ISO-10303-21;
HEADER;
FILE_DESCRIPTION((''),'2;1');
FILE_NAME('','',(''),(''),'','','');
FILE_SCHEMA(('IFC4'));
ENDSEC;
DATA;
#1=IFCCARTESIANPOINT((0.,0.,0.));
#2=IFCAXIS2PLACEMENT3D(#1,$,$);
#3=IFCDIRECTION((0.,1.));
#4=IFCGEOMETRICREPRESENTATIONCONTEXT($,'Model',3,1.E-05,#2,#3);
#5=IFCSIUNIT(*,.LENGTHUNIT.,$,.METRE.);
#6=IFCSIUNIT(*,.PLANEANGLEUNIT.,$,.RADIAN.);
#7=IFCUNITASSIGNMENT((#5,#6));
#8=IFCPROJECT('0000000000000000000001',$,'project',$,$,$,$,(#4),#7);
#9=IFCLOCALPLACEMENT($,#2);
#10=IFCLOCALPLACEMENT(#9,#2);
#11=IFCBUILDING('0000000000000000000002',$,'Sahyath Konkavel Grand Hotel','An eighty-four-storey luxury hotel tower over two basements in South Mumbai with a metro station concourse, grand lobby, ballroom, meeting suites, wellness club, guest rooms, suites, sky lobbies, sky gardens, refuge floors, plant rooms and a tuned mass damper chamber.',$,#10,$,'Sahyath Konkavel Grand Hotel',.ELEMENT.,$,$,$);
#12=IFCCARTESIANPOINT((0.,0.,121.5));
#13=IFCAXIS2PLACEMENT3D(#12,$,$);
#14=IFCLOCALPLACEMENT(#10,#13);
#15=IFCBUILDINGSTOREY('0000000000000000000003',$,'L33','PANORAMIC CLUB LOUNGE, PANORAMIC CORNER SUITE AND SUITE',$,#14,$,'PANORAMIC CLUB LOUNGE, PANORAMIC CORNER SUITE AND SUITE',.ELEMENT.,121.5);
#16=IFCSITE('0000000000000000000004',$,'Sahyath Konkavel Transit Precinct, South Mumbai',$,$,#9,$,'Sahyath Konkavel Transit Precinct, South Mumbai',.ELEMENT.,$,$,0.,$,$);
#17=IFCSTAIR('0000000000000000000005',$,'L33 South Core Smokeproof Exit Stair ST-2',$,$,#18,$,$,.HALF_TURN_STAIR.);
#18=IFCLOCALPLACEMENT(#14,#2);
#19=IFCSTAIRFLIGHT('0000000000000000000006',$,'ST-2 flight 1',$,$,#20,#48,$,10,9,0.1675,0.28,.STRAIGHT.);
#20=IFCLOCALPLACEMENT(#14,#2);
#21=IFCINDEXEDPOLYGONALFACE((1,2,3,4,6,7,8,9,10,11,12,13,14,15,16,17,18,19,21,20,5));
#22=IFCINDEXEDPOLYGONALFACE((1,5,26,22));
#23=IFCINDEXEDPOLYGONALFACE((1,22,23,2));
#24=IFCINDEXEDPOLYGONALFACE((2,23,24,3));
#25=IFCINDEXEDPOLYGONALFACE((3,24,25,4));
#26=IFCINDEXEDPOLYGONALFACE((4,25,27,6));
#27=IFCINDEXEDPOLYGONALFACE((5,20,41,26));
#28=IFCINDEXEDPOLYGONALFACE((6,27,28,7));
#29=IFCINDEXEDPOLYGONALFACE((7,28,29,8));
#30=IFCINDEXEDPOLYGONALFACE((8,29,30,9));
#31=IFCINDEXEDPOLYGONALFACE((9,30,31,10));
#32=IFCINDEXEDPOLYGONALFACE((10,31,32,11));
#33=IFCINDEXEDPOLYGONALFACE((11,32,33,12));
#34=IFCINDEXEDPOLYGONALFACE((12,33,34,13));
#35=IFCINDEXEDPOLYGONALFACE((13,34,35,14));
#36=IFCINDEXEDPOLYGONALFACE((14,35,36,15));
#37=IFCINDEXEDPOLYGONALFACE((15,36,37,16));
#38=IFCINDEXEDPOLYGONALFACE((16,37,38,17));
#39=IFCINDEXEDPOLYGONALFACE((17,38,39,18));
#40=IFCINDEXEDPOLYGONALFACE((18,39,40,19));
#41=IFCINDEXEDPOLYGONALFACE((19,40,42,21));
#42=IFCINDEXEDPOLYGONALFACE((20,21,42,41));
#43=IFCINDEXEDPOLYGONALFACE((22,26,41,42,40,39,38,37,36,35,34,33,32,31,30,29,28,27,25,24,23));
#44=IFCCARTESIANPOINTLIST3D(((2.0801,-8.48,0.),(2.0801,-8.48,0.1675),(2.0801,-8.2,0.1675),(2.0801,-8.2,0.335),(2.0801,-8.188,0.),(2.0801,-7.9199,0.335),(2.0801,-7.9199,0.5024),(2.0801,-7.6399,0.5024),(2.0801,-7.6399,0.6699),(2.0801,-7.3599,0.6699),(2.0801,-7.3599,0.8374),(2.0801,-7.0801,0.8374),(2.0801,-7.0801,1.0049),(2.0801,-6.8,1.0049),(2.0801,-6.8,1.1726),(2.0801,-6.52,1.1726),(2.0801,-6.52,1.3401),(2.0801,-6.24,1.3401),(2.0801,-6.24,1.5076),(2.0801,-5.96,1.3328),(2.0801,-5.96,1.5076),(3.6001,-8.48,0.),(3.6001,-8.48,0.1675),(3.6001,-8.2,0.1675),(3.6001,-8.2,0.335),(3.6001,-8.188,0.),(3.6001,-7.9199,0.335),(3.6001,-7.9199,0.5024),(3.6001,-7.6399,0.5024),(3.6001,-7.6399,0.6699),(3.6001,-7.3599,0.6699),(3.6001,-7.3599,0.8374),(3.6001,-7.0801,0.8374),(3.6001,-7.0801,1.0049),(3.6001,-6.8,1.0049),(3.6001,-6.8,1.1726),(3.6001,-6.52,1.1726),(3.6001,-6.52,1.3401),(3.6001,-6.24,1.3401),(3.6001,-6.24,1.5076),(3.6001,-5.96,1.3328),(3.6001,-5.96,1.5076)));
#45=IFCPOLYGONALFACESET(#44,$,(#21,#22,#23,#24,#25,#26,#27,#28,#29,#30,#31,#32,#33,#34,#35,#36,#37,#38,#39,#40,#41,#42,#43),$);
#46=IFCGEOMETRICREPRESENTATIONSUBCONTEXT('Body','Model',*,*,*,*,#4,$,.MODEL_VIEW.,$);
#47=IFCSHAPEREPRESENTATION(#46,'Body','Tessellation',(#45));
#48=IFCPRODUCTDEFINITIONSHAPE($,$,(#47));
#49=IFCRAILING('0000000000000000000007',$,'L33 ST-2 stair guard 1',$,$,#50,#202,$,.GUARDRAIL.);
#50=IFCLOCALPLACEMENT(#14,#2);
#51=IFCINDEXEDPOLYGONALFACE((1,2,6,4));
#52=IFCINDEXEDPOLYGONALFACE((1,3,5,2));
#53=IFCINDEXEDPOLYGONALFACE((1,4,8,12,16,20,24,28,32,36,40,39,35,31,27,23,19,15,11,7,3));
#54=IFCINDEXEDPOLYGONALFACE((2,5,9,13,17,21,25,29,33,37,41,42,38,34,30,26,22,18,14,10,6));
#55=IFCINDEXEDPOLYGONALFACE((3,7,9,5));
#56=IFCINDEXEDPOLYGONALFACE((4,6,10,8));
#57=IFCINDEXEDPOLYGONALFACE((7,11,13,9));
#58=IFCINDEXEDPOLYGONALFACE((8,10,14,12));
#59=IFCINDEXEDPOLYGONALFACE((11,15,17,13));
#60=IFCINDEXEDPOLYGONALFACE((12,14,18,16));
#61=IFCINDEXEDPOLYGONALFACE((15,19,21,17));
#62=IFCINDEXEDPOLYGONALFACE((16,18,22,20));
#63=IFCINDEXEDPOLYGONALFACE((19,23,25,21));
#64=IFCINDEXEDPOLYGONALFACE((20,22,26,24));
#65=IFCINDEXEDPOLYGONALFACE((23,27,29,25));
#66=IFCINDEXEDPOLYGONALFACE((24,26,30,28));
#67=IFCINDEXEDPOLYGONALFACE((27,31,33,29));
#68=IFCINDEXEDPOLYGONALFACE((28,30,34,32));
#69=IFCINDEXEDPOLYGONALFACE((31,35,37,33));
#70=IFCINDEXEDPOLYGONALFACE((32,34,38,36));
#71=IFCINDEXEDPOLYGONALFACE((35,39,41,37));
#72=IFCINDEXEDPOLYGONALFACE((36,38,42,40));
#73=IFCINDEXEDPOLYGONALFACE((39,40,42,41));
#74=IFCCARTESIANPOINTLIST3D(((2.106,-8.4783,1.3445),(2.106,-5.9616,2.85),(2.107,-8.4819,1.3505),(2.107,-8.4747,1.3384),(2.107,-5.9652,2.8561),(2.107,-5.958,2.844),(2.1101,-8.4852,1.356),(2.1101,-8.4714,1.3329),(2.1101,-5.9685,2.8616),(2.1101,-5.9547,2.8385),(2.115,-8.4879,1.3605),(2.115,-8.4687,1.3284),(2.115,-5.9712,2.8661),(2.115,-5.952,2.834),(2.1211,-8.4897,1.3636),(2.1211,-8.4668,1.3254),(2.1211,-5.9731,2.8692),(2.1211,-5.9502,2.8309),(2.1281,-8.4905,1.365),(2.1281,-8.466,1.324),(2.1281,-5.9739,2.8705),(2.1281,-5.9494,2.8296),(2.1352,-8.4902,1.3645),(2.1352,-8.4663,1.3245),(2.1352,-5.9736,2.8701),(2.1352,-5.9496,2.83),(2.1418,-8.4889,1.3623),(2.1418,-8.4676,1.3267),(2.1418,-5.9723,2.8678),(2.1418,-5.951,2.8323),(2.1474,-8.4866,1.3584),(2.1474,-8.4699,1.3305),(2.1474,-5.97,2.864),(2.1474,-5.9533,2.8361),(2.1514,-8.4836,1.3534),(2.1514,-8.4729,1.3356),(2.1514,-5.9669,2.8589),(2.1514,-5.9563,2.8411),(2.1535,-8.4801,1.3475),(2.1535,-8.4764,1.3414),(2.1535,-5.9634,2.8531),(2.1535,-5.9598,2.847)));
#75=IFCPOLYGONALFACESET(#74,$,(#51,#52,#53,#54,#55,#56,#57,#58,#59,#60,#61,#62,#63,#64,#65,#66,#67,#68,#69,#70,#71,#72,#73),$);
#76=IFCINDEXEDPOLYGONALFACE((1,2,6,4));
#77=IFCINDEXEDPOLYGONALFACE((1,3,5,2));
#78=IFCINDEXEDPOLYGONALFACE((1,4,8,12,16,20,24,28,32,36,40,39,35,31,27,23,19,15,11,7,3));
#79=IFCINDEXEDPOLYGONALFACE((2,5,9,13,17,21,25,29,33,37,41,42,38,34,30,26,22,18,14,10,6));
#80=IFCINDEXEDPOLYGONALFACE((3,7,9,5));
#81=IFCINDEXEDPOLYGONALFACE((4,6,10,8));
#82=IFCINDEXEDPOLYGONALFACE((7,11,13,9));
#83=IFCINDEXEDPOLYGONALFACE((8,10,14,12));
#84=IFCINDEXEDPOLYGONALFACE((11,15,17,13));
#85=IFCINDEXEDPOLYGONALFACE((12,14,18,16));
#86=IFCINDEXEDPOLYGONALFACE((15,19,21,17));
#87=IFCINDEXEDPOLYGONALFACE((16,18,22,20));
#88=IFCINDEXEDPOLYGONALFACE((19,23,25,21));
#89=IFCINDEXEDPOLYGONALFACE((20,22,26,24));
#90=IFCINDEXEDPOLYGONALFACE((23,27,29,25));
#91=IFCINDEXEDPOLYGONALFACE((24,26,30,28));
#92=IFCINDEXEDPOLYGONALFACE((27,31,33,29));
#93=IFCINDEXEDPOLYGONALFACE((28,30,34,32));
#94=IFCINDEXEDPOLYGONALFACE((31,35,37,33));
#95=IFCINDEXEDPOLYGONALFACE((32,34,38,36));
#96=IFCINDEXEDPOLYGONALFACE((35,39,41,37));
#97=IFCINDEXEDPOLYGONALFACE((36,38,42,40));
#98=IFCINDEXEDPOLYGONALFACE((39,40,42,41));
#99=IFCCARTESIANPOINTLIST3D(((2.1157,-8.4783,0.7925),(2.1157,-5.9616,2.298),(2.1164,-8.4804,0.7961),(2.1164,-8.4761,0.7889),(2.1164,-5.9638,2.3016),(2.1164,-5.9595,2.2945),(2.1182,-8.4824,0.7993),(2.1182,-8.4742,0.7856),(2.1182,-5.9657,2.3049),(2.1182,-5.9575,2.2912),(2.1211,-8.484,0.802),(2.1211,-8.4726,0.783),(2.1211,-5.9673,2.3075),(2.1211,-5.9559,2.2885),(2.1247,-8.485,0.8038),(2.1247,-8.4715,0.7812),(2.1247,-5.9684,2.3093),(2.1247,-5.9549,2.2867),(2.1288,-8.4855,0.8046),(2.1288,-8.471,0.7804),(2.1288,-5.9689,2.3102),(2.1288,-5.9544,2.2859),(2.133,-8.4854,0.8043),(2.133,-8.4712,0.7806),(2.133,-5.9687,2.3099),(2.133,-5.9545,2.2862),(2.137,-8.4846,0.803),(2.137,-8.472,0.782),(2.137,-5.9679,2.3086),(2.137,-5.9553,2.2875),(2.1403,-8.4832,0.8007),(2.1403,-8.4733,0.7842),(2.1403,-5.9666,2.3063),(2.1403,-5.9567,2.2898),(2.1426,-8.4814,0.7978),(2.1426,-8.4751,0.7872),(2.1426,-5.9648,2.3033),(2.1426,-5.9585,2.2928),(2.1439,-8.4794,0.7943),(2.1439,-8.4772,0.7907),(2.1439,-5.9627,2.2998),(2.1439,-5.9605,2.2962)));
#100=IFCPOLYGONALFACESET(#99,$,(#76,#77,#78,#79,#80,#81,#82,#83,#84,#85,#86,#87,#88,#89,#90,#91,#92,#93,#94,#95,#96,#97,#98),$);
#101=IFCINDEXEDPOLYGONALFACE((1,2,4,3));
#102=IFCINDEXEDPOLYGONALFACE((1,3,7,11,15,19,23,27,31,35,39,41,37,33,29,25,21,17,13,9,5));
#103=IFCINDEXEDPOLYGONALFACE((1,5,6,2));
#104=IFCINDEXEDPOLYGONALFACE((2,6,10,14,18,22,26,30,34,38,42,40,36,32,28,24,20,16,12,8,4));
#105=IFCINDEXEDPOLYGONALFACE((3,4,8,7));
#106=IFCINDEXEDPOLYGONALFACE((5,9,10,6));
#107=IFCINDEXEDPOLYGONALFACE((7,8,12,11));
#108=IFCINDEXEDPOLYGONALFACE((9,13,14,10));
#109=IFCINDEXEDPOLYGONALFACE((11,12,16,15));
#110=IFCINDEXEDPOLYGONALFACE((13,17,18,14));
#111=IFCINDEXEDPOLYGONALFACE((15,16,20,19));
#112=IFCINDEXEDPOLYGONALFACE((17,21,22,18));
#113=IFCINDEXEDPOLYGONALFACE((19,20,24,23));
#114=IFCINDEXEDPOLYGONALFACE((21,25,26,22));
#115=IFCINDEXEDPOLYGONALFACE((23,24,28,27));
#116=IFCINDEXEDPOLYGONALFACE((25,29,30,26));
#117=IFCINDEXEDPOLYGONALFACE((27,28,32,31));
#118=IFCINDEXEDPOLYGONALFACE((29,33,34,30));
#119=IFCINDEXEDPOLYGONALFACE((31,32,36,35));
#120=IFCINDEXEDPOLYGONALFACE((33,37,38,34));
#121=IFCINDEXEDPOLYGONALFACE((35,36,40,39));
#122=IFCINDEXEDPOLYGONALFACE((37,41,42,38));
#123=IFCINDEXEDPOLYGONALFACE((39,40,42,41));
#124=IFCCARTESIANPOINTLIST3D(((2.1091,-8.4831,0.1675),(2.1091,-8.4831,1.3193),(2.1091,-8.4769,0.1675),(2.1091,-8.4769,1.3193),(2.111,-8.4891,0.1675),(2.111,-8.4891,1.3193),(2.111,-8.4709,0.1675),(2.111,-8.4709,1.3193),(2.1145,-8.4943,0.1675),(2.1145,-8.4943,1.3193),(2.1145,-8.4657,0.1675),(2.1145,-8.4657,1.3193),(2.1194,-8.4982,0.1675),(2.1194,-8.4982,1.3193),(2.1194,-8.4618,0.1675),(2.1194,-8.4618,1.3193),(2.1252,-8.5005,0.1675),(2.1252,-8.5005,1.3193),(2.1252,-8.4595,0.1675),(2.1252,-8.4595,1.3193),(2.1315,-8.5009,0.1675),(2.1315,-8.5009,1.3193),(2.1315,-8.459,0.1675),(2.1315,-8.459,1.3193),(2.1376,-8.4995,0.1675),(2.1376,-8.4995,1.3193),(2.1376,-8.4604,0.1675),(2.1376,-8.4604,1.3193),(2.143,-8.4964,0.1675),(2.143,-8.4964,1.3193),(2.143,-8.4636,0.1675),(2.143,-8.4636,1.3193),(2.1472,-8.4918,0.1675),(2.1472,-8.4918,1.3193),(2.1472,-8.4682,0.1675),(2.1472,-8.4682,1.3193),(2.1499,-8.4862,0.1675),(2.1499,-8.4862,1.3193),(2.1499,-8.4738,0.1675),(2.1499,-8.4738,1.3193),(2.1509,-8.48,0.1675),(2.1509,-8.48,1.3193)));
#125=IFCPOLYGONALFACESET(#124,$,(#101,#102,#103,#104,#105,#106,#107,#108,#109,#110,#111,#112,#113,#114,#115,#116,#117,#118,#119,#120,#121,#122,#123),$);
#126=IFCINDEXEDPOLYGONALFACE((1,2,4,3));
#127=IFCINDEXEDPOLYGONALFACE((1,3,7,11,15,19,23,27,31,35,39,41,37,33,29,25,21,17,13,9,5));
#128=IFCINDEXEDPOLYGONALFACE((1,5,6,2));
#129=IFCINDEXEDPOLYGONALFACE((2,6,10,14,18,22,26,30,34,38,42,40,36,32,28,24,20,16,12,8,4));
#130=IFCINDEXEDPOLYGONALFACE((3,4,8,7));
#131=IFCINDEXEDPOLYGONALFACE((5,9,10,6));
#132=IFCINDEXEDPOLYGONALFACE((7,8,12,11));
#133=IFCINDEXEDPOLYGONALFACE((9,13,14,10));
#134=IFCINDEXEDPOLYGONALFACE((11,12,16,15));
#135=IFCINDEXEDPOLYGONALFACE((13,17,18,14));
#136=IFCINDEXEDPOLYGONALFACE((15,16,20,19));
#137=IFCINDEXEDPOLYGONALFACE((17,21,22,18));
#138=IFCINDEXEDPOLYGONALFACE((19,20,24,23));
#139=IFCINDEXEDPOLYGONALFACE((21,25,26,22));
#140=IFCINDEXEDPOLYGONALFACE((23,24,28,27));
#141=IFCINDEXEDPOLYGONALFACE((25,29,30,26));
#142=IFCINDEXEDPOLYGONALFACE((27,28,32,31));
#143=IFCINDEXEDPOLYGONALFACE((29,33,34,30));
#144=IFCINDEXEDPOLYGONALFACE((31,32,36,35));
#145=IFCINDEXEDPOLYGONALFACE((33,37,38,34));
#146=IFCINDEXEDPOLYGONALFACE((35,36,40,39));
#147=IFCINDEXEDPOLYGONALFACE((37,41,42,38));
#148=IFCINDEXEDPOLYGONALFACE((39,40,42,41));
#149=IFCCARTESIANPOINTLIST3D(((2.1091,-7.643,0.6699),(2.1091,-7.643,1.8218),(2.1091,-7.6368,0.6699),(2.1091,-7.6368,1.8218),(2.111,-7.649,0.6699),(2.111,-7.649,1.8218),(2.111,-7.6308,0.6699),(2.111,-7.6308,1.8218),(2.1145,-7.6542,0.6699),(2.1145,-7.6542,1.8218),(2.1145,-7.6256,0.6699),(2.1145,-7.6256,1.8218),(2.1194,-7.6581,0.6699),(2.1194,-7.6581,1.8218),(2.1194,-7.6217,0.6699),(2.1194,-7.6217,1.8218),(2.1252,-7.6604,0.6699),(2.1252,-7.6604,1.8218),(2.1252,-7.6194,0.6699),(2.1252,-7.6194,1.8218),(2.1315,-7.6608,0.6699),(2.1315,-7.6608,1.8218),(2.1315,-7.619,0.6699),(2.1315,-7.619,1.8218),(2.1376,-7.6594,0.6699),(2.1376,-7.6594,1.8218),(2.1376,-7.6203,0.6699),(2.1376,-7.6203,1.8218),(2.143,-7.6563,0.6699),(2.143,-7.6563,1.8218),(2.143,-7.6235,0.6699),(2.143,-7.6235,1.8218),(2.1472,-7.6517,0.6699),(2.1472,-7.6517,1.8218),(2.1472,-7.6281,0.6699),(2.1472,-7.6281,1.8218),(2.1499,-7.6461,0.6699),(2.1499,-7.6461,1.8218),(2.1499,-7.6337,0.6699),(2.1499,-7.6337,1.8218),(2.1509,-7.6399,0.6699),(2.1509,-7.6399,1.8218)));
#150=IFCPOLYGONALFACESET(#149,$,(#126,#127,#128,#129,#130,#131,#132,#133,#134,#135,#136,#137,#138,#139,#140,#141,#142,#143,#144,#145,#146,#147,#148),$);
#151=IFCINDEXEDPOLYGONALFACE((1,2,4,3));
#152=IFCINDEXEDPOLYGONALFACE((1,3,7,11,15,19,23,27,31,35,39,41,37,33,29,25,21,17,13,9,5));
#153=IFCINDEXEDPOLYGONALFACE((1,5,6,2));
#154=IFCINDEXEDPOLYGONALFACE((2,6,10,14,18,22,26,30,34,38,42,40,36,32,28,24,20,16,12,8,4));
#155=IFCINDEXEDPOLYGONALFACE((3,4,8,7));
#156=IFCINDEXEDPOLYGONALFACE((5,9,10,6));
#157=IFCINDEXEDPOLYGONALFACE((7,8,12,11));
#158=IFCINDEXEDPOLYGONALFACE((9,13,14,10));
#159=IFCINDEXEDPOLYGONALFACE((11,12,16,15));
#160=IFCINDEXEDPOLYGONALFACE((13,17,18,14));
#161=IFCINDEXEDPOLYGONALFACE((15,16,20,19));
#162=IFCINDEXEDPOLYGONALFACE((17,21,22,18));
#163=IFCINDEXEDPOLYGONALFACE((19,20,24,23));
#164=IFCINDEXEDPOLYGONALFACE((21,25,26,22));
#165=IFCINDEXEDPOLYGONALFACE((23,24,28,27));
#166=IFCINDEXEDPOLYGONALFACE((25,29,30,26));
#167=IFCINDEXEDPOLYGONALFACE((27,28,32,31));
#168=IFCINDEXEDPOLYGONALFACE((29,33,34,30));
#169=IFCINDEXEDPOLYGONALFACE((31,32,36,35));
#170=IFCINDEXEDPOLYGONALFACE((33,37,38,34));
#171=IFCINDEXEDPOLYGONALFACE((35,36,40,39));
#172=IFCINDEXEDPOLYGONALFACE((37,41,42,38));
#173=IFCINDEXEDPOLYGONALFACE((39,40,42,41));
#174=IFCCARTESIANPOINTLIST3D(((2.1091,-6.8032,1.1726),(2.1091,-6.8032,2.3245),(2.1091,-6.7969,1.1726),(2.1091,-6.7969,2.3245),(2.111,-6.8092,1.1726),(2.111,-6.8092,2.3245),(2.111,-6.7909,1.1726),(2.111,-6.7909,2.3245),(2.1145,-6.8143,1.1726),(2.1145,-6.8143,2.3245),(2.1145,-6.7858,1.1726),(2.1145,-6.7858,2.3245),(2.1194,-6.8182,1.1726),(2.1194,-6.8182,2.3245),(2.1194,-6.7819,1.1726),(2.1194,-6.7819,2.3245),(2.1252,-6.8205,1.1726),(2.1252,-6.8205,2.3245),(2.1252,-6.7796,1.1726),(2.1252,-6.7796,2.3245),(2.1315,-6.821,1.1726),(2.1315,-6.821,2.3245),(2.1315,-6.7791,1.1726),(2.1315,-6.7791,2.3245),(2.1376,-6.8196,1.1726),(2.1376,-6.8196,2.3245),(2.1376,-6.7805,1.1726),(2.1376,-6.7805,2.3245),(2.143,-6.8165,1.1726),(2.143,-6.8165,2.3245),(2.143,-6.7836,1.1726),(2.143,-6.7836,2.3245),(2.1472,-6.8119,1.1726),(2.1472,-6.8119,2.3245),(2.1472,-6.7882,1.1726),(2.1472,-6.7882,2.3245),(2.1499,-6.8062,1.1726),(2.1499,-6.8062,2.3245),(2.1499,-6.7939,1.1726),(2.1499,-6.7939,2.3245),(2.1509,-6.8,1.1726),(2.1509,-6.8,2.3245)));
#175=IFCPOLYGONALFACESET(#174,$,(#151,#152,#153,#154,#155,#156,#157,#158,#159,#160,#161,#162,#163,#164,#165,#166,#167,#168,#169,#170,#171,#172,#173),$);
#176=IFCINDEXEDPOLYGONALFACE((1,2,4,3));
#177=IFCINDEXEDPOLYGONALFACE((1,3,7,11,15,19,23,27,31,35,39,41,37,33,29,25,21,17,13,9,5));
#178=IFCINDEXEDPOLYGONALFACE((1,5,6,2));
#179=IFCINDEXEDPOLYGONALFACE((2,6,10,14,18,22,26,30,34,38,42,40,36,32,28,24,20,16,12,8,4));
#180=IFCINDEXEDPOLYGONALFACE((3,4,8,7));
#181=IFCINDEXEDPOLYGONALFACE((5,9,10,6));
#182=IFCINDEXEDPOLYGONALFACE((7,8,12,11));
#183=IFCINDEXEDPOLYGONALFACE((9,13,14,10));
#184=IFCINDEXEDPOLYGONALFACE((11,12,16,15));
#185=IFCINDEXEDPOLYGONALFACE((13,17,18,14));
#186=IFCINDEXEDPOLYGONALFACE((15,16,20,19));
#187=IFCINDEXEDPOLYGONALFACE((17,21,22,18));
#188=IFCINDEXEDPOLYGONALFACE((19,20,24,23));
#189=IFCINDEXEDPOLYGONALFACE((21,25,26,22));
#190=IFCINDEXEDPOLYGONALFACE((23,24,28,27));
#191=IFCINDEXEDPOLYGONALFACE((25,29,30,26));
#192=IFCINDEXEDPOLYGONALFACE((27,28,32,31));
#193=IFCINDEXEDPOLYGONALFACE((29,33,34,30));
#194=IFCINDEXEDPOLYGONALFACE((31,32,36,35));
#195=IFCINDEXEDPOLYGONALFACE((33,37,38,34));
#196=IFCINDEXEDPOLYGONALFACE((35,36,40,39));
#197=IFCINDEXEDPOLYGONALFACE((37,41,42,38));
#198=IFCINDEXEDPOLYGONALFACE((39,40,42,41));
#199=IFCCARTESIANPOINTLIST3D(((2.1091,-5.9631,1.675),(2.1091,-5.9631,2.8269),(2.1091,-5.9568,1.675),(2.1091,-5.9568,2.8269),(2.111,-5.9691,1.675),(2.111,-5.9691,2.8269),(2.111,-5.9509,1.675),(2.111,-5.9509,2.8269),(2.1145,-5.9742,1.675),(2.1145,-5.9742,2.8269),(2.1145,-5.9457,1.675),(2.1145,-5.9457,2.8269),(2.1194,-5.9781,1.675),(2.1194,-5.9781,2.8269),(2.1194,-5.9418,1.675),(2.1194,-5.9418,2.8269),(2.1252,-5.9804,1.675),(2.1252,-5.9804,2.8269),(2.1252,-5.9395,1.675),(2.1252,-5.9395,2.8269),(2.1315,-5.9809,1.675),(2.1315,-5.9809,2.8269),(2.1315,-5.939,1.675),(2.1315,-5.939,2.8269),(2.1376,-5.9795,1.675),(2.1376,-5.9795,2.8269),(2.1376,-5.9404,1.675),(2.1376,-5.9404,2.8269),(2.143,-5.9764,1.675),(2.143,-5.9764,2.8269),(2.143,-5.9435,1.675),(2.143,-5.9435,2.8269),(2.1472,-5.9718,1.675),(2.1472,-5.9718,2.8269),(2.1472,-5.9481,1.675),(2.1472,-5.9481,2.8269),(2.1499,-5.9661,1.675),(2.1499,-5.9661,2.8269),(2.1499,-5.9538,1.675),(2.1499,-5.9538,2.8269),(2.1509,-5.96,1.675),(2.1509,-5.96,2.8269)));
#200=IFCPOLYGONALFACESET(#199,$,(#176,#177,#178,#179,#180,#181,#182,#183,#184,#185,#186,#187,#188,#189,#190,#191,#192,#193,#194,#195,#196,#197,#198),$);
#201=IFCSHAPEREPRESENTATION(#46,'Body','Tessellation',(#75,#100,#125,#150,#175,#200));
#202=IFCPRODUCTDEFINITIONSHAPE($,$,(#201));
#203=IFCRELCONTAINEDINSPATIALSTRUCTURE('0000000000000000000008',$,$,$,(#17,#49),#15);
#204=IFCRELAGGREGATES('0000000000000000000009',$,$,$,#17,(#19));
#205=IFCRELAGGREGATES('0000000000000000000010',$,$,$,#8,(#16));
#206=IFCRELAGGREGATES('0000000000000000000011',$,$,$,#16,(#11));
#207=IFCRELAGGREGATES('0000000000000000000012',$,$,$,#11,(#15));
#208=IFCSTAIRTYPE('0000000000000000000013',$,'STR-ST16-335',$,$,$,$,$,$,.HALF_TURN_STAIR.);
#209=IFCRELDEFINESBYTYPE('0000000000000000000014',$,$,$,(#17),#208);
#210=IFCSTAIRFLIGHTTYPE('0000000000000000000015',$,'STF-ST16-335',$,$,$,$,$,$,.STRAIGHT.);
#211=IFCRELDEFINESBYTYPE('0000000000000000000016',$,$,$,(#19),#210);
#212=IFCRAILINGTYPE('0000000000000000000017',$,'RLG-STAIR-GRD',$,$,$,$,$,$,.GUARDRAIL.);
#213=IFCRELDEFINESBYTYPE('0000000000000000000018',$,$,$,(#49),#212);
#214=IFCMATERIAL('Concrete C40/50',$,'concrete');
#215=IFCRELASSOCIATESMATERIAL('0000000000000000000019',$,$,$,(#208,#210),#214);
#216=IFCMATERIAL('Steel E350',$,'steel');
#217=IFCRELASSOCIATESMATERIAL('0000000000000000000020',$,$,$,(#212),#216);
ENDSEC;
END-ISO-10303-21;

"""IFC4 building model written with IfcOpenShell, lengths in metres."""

from ifc_helpers import new_model, si_unit, direction, frame, origin, origin_2d, place, context, subcontext, project, spatial, polyline, circle, outline, extrude, material, type_object, element, aggregate, save


model = new_model("IFC4")

# Units and contexts
model_context = context("Model", 3, precision=1e-05, world=origin(), true_north=direction((0.0, 1.0)))
body_context = subcontext(model_context, "Body", "Model", "MODEL_VIEW")
ifc_project = project(units=[si_unit("LENGTHUNIT", "METRE"), si_unit("PLANEANGLEUNIT", "RADIAN")], contexts=[model_context])

# Site, building, storey
site_placement = place(None, origin())
site = spatial("IfcSite", under=ifc_project, at=site_placement, Name="Sahyath Konkavel Transit Precinct, South Mumbai", LongName="Sahyath Konkavel Transit Precinct, South Mumbai", CompositionType="ELEMENT", RefElevation=0.0)
building_placement = place(site_placement, origin())
building = spatial("IfcBuilding", under=site, at=building_placement, Name="Sahyath Konkavel Grand Hotel", Description="An eighty-four-storey luxury hotel tower over two basements in South Mumbai with a metro station concourse, grand lobby, ballroom, meeting suites, wellness club, guest rooms, suites, sky lobbies, sky gardens, refuge floors, plant rooms and a tuned mass damper chamber.", LongName="Sahyath Konkavel Grand Hotel", CompositionType="ELEMENT")
storey_placement = place(building_placement, frame((0.0, 0.0, 121.5)))
storey = spatial("IfcBuildingStorey", under=building, at=storey_placement, Name="L33", Description="PANORAMIC CLUB LOUNGE, PANORAMIC CORNER SUITE AND SUITE", LongName="PANORAMIC CLUB LOUNGE, PANORAMIC CORNER SUITE AND SUITE", CompositionType="ELEMENT", Elevation=121.5)

# Shared definitions
ifc_material_1 = material(Name="Steel E350", Category="steel")

# Shared definitions
ifc_material_2 = material(Name="Concrete C40/50", Category="concrete")

# Stair, stair flight
stair_type = type_object("IfcStairType", Name="STR-ST16-335", PredefinedType="HALF_TURN_STAIR", material=ifc_material_2)
stair_placement = place(storey_placement, origin())
stair = element("IfcStair", 1, at=stair_placement, inside=storey, type_object=stair_type, Name="L33 South Core Smokeproof Exit Stair ST-2", PredefinedType="HALF_TURN_STAIR")
stair_flight_type = type_object("IfcStairFlightType", Name="STF-ST16-335", PredefinedType="STRAIGHT", material=ifc_material_2)
stair_flight_placement = place(storey_placement, frame((2.8401, -8.48, 0.0), z_axis=(0.0, 0.0, 1.0), x_axis=(0.0, 1.0, 0.0)))
stair_flight = element("IfcStairFlight", 2, at=stair_flight_placement, type_object=stair_flight_type, Name="ST-2 flight 1", NumberOfRisers=10, NumberOfTreads=9, PredefinedType="STRAIGHT", RiserHeight=0.1675, TreadLength=0.28, context=body_context, shape_type="SweptSolid", body=[
    extrude(outline(polyline([(0.0, 0.0), (0.0, 0.1675), (0.28, 0.1675), (0.28, 0.335), (0.5601, 0.335), (0.5601, 0.5024), (0.8401, 0.5024), (0.8401, 0.6699), (1.1201, 0.6699), (1.1201, 0.8374), (1.3999, 0.8374), (1.3999, 1.0049), (1.6799, 1.0049), (1.6799, 1.1726), (1.96, 1.1726), (1.96, 1.3401), (2.24, 1.3401), (2.24, 1.5076), (2.52, 1.5076), (2.52, 1.675), (2.52, 1.3328), (0.292, 0.0), (0.0, 0.0)])), frame((0.0, 0.76, 0.0), z_axis=(0.0, -1.0, 0.0), x_axis=(1.0, 0.0, 0.0)), (0.0, 0.0, 1.0), 1.52),
])
aggregate(stair, [stair_flight])

# Railing
railing_type_1 = type_object("IfcRailingType", Name="RLG-STAIR-GRD", PredefinedType="GUARDRAIL", material=ifc_material_1)
railing_1_placement = place(storey_placement, frame((2.1299, -8.48, 0.1675)))
element("IfcRailing", 3, at=railing_1_placement, inside=storey, type_object=railing_type_1, Name="L33 ST-2 stair guard 1", PredefinedType="GUARDRAIL", context=body_context, shape_type="SweptSolid", body=[
    extrude(circle(Radius=0.0239, at=origin_2d()), frame((0.0, 0.0017, 1.177), z_axis=(0.0, 0.85816, 0.513383), x_axis=(-1.0, 0.0, 0.0)), (0.0, 0.0, 1.0), 2.9326),
    extrude(circle(Radius=0.0142, at=origin_2d()), frame((0.0, 0.0017, 0.625), z_axis=(0.0, 0.85816, 0.513383), x_axis=(-1.0, 0.0, 0.0)), (0.0, 0.0, 1.0), 2.9326),
    extrude(circle(Radius=0.021, at=origin_2d()), origin(), (0.0, 0.0, 1.0), 1.1519),
    extrude(circle(Radius=0.021, at=origin_2d()), frame((0.0, 0.8401, 0.5024)), (0.0, 0.0, 1.0), 1.1519),
    extrude(circle(Radius=0.021, at=origin_2d()), frame((0.0, 1.6799, 1.0051)), (0.0, 0.0, 1.0), 1.1519),
    extrude(circle(Radius=0.021, at=origin_2d()), frame((0.0, 2.52, 1.5076)), (0.0, 0.0, 1.0), 1.1519),
])

save(model, "model.ifc")
